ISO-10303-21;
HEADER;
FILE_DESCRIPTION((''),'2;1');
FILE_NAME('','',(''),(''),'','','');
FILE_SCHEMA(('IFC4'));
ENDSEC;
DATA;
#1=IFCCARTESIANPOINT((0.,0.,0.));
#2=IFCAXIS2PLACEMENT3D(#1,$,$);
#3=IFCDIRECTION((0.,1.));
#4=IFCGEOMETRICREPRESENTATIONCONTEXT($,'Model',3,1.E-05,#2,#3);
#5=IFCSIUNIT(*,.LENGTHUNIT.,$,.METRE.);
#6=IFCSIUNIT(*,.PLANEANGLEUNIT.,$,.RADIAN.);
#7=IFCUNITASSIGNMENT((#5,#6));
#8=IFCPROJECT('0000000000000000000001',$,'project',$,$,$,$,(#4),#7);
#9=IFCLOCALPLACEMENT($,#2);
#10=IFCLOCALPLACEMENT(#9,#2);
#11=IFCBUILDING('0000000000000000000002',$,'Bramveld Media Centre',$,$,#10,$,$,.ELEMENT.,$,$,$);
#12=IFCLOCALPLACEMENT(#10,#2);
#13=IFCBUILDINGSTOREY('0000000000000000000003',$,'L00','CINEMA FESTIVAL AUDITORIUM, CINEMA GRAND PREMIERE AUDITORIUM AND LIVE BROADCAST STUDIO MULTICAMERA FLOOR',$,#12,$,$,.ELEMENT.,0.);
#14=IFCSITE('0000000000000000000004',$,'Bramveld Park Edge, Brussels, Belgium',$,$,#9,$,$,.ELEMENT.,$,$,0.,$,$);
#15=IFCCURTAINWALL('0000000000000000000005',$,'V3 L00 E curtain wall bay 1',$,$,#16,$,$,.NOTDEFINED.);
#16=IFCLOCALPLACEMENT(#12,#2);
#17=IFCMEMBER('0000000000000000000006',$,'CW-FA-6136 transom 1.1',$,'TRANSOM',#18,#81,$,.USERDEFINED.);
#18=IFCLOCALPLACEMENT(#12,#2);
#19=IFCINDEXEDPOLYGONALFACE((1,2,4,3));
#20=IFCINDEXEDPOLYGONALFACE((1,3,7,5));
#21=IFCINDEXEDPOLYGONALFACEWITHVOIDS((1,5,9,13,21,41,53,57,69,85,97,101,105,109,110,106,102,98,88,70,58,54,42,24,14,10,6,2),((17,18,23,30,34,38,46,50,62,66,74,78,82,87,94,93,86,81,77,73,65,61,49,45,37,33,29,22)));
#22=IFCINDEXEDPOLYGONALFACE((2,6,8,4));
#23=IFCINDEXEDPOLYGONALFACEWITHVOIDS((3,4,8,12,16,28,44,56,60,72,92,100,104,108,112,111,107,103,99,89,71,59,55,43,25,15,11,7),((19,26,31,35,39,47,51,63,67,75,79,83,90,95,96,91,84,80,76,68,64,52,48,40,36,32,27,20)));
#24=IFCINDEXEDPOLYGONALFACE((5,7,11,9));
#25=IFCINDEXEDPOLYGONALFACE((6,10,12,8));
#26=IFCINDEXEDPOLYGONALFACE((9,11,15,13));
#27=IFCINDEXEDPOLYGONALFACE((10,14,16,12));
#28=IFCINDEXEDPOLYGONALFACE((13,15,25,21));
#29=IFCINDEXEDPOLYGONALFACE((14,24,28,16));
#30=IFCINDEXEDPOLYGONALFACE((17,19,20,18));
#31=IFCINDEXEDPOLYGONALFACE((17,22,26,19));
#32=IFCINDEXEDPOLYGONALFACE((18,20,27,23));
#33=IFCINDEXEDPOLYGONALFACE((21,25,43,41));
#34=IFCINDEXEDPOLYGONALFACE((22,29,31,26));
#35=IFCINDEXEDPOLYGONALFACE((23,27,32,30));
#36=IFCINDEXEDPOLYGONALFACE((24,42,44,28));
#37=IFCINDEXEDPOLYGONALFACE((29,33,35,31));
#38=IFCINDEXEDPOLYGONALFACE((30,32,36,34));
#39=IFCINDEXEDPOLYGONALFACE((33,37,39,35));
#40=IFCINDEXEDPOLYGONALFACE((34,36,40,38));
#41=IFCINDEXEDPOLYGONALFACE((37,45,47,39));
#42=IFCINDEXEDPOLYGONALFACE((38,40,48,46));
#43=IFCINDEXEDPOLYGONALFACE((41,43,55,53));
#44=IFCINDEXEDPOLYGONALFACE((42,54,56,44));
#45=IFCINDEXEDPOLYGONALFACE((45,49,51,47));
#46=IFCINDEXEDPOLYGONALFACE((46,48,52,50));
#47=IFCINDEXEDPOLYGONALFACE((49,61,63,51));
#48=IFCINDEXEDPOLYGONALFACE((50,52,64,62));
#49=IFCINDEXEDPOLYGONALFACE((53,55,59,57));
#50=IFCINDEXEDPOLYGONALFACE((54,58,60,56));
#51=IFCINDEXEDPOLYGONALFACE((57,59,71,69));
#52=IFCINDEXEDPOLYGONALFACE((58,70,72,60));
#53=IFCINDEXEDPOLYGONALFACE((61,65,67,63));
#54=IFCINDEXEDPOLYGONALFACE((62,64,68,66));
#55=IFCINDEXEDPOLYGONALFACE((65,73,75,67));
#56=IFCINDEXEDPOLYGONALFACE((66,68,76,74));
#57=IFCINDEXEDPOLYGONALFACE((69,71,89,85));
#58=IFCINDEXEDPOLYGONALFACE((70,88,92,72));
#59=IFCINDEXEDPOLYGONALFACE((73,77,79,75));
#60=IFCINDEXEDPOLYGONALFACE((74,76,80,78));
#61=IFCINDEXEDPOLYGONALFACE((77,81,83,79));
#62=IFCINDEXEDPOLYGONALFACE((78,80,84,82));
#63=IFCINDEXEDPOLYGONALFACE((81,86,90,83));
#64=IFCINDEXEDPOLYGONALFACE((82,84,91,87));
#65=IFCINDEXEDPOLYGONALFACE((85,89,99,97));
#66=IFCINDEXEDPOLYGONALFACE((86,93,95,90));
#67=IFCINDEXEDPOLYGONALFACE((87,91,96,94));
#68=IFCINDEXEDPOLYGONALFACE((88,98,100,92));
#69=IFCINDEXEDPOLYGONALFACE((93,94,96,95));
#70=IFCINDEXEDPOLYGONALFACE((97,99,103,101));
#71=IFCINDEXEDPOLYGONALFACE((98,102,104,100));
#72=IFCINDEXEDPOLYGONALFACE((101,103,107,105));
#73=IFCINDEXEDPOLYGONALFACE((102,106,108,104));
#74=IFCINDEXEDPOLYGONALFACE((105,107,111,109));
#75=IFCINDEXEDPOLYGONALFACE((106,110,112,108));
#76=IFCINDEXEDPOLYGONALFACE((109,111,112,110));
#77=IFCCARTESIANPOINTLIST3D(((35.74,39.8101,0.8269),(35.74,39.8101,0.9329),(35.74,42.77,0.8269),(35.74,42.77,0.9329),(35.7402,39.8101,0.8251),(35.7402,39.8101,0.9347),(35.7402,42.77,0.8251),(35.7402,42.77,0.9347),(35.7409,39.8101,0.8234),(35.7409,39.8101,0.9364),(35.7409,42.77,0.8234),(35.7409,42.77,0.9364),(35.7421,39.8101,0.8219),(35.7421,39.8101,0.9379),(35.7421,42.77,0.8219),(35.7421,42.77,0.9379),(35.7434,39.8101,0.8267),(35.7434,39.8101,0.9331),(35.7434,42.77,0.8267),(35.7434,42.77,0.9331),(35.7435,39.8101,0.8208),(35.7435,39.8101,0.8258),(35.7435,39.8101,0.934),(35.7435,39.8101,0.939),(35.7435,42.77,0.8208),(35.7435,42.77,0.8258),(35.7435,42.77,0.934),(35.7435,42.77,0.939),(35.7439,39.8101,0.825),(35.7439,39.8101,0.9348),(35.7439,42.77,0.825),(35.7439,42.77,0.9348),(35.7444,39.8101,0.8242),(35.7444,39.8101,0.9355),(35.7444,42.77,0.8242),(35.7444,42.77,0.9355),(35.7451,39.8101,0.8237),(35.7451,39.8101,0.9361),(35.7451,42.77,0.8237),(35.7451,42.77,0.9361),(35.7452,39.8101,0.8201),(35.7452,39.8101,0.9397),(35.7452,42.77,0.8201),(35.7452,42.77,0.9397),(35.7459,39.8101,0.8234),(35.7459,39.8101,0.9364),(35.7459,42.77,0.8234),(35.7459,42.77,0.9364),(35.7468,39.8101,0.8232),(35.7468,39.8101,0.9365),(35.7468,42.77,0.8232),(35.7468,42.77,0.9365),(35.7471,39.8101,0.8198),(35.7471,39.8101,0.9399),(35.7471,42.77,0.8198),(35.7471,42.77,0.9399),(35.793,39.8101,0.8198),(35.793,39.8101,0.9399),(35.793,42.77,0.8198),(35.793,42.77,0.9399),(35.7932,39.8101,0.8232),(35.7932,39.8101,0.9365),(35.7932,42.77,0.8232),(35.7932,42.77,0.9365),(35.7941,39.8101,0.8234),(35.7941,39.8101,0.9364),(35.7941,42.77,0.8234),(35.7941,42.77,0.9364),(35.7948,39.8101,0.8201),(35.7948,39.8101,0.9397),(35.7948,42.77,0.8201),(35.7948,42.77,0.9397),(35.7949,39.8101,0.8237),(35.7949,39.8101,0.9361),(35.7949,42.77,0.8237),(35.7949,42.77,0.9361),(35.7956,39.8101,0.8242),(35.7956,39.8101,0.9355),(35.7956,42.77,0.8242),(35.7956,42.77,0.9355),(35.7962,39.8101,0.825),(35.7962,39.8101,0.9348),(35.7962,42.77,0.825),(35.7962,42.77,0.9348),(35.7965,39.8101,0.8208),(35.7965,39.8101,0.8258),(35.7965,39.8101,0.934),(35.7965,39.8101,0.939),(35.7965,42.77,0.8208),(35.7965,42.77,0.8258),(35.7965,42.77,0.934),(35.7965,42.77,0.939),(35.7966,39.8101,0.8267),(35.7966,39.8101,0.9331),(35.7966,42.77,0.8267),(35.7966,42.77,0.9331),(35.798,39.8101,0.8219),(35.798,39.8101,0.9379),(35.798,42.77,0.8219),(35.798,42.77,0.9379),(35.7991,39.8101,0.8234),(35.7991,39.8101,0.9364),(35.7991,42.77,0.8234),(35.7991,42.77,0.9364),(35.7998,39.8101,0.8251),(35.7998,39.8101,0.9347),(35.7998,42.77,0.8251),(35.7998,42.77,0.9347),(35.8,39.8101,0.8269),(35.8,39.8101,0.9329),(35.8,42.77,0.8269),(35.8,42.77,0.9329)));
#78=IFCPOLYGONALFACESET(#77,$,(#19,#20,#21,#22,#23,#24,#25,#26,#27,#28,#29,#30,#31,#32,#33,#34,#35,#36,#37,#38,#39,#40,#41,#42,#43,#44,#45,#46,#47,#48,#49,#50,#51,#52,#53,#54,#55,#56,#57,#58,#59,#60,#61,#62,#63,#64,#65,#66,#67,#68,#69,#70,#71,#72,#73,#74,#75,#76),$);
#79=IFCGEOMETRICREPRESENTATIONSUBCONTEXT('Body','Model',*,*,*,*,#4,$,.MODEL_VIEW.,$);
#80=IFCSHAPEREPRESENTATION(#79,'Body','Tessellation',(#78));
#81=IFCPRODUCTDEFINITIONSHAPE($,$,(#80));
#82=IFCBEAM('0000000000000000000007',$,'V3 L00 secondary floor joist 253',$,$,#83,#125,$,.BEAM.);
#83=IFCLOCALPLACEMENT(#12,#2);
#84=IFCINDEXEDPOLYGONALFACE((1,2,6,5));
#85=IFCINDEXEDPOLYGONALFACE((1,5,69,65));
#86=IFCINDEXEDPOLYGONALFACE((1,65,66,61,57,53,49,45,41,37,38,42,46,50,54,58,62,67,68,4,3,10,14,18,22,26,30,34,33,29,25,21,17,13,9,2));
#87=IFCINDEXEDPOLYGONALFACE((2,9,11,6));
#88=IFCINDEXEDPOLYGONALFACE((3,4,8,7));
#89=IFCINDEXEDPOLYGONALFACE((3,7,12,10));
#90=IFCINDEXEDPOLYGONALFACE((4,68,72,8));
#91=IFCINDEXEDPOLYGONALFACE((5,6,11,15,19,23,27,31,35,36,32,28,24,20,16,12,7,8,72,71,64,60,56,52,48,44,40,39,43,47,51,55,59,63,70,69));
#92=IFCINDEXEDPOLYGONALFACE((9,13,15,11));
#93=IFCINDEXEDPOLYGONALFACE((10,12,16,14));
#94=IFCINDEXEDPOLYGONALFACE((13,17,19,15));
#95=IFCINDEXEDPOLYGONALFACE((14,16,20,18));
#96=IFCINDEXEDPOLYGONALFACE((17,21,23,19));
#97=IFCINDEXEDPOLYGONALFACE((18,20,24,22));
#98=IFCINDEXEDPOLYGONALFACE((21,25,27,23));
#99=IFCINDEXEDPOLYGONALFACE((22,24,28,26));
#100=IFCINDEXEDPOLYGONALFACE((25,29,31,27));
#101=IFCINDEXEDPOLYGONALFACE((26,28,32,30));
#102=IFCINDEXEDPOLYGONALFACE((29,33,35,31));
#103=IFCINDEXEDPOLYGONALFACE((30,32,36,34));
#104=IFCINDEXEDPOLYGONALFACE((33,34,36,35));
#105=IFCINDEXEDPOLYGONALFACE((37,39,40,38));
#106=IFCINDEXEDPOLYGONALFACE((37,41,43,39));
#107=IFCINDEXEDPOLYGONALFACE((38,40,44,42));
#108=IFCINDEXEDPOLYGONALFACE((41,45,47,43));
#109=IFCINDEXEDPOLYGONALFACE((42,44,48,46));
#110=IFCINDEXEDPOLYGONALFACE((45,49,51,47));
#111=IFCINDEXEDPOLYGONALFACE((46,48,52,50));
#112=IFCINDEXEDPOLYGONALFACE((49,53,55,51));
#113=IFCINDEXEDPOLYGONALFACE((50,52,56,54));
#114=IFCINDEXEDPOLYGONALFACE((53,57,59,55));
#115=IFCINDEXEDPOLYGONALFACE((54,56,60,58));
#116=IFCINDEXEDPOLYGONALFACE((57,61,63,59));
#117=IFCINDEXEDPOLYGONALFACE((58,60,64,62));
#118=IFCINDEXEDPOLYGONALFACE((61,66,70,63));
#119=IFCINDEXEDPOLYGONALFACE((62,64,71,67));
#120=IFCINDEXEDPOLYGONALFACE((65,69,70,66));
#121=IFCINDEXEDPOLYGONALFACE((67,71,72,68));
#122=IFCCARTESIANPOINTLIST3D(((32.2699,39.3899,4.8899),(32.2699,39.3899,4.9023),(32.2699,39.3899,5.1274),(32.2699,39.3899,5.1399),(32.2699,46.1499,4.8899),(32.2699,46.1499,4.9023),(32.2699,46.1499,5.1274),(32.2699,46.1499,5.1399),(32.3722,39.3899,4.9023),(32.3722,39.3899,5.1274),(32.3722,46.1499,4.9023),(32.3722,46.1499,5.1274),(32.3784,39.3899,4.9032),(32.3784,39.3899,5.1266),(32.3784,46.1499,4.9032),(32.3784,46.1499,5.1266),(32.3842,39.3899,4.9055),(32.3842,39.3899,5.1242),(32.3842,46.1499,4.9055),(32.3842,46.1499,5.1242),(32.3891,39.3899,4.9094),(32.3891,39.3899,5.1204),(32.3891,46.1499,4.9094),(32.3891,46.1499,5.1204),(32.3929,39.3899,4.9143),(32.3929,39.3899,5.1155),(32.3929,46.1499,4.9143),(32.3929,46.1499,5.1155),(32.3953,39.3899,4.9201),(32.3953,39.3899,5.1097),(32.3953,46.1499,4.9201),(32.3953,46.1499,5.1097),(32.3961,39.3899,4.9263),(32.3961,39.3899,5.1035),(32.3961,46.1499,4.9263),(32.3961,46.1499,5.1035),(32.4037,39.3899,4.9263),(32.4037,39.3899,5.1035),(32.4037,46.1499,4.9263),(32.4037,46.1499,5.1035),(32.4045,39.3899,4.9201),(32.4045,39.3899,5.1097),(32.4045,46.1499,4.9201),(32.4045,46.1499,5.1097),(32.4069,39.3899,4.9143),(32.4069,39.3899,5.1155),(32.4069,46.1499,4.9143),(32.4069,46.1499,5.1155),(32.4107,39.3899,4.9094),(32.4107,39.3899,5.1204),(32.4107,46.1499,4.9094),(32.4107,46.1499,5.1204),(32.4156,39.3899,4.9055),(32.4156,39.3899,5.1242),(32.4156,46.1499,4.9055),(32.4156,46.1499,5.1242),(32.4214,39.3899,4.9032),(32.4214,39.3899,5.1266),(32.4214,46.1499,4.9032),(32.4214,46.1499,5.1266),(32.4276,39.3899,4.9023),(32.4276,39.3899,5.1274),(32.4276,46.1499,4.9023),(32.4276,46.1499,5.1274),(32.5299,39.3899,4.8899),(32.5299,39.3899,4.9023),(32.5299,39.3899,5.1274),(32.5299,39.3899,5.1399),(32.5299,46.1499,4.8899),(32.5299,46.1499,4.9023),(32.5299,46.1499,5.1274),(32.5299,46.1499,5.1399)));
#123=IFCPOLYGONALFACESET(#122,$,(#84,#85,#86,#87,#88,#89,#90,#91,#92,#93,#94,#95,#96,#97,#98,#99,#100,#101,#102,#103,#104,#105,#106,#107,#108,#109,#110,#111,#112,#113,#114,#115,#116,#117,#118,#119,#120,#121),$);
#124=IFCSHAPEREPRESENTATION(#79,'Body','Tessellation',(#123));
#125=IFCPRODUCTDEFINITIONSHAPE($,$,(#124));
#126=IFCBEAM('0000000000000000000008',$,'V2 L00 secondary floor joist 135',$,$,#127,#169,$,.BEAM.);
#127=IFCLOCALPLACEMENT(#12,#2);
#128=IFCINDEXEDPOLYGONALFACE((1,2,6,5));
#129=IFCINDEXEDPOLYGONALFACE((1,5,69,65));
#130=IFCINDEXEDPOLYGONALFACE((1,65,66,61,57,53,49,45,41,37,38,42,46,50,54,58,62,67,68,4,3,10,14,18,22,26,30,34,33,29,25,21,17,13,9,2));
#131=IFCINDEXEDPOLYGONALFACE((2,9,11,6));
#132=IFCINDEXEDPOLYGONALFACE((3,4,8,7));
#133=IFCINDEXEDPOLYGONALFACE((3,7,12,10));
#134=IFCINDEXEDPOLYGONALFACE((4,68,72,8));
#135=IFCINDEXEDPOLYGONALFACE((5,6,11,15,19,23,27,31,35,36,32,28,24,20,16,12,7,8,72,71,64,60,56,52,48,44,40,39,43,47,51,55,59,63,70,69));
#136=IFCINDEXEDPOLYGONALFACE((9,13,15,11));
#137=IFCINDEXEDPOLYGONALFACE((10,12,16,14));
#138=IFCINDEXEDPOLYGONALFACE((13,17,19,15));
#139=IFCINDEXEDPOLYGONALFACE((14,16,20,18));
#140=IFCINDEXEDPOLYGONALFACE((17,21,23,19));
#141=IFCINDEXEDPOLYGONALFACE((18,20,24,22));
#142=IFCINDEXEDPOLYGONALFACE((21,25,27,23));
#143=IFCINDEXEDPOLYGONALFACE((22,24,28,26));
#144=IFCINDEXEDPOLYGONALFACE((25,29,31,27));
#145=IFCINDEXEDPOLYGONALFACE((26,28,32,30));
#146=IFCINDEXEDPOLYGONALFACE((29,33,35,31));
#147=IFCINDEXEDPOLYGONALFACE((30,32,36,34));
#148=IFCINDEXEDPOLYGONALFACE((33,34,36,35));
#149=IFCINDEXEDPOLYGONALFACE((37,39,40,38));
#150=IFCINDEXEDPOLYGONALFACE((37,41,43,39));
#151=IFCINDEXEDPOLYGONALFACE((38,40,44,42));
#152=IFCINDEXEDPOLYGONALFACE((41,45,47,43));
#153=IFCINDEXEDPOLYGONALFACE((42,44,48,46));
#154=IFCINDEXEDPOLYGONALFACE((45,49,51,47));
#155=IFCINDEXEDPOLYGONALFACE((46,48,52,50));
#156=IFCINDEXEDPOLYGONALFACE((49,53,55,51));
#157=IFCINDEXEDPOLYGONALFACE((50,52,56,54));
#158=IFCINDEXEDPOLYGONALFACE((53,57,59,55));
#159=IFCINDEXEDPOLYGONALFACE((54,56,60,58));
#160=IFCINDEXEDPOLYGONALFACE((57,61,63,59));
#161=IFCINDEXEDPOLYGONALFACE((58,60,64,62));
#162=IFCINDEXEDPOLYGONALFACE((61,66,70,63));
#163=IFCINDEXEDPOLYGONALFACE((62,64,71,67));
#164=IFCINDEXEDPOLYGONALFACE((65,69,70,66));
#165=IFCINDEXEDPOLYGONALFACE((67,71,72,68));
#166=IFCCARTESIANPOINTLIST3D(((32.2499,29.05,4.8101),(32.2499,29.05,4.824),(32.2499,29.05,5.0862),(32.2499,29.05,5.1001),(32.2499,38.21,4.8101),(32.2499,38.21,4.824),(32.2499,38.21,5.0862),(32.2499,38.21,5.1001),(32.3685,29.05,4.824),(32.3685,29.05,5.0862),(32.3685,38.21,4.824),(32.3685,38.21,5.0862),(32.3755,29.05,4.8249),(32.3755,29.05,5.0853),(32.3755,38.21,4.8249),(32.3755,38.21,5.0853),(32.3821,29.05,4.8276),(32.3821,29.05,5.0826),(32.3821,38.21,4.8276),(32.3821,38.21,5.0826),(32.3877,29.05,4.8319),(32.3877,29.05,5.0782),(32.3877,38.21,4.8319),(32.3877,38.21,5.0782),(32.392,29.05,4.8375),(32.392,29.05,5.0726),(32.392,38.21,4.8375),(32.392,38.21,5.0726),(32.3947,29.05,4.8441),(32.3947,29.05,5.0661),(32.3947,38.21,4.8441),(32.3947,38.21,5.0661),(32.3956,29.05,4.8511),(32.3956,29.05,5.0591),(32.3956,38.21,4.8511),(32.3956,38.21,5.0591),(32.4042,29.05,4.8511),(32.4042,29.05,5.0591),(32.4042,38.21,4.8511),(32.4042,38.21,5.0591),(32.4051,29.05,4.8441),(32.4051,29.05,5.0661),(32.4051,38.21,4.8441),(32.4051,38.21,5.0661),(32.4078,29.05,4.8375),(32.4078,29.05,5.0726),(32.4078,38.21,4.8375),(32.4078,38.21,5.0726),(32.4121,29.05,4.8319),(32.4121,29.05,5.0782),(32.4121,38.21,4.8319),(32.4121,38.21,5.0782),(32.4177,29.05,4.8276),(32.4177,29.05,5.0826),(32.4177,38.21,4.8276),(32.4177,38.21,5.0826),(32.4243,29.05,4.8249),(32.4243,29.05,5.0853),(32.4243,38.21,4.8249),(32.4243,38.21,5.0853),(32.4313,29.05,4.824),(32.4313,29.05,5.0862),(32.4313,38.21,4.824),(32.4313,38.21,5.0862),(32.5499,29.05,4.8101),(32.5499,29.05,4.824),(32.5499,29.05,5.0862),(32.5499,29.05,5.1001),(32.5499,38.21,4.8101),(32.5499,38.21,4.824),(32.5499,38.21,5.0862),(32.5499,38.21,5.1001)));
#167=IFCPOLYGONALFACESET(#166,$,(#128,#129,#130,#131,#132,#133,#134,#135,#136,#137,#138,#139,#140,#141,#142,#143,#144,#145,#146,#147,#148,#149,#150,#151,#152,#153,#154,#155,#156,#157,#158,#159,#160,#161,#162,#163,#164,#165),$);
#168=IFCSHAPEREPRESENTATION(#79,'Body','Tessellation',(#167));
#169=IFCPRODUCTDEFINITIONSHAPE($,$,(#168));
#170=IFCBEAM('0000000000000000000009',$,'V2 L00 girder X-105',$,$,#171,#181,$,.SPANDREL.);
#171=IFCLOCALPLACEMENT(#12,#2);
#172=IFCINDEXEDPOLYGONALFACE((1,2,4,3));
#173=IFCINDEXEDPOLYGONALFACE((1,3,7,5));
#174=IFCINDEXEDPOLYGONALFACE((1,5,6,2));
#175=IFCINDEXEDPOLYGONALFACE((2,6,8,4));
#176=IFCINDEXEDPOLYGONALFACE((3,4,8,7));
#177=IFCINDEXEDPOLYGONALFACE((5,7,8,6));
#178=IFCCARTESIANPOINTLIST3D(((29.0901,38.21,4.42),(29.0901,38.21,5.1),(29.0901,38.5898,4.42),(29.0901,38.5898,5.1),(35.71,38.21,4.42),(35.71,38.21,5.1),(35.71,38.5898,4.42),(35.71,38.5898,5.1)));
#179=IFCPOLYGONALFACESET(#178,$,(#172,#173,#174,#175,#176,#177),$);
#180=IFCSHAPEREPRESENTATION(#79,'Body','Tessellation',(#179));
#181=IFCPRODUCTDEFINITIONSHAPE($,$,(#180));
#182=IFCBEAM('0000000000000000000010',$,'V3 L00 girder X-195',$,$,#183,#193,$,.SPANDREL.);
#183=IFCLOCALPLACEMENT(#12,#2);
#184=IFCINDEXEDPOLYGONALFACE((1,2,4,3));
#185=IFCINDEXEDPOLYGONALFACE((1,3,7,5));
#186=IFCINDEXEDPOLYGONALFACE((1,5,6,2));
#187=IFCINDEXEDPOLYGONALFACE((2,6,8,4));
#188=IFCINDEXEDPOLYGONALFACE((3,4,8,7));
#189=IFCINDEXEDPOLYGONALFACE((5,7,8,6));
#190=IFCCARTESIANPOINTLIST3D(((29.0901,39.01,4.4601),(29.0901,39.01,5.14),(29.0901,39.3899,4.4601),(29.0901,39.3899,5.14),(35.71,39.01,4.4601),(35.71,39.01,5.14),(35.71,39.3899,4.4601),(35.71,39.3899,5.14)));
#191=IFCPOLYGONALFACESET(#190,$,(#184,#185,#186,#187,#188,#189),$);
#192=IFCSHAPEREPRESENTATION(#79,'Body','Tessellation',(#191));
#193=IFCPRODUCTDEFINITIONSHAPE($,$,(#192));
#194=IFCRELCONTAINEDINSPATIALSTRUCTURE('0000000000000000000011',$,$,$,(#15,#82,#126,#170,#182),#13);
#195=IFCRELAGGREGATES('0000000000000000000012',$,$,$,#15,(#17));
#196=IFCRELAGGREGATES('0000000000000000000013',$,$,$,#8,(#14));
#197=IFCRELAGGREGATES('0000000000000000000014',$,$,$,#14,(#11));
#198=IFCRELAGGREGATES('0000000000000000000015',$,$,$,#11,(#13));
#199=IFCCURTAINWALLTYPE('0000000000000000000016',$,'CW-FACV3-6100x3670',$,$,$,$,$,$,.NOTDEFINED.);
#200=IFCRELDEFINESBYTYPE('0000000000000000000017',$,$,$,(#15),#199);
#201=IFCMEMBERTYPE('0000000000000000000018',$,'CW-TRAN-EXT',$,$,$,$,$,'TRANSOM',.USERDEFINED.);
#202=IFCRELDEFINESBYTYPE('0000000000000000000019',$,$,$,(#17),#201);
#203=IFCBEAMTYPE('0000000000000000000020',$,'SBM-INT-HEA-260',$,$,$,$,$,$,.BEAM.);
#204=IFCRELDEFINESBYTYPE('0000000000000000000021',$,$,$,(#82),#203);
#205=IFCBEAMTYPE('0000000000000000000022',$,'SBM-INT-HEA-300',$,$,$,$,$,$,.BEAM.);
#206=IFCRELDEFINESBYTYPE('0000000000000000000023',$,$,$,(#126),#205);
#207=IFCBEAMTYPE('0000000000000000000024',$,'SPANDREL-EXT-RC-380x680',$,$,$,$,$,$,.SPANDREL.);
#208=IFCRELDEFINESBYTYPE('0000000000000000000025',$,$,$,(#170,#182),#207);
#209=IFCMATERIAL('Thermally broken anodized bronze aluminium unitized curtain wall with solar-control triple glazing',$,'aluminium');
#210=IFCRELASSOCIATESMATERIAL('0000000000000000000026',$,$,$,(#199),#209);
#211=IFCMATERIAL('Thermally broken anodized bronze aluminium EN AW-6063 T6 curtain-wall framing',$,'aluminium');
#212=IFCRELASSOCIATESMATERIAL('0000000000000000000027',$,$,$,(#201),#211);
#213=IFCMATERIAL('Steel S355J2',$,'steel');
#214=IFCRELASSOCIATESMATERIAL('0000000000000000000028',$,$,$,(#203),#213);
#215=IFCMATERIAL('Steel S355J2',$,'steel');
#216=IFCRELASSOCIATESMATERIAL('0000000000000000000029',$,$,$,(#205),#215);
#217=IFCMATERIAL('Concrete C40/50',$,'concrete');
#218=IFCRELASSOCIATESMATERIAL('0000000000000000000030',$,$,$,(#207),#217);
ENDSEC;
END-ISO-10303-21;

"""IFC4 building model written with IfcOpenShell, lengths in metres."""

from ifc_helpers import new_model, si_unit, direction, frame, origin, origin_2d, place, context, subcontext, project, spatial, rectangle, hollow_rectangle, i_section, extrude, material, material_profile, profile_set, type_object, element, aggregate, save


model = new_model("IFC4")

# Units and contexts
model_context = context("Model", 3, precision=1e-05, world=origin(), true_north=direction((0.0, 1.0)))
body_context = subcontext(model_context, "Body", "Model", "MODEL_VIEW")
ifc_project = project(units=[si_unit("LENGTHUNIT", "METRE"), si_unit("PLANEANGLEUNIT", "RADIAN")], contexts=[model_context])

# Site, building, storey
site_placement = place(None, origin())
site = spatial("IfcSite", under=ifc_project, at=site_placement, Name="Bramveld Park Edge, Brussels, Belgium", CompositionType="ELEMENT", RefElevation=0.0)
building_placement = place(site_placement, origin())
building = spatial("IfcBuilding", under=site, at=building_placement, Name="Bramveld Media Centre", CompositionType="ELEMENT")
storey_placement = place(building_placement, origin())
storey = spatial("IfcBuildingStorey", under=building, at=storey_placement, Name="L00", Description="CINEMA FESTIVAL AUDITORIUM, CINEMA GRAND PREMIERE AUDITORIUM AND LIVE BROADCAST STUDIO MULTICAMERA FLOOR", CompositionType="ELEMENT", Elevation=0.0)

# Curtain wall, member
ifc_material_1 = material(Name="Thermally broken anodized bronze aluminium unitized curtain wall with solar-control triple glazing", Category="aluminium")
curtain_wall_type = type_object("IfcCurtainWallType", Name="CW-FACV3-6100x3670", PredefinedType="NOTDEFINED", material=ifc_material_1)
curtain_wall_placement = place(storey_placement, origin())
curtain_wall = element("IfcCurtainWall", 1, at=curtain_wall_placement, inside=storey, type_object=curtain_wall_type, Name="V3 L00 E curtain wall bay 1", PredefinedType="NOTDEFINED")
ifc_material_2 = material(Name="Thermally broken anodized bronze aluminium EN AW-6063 T6 curtain-wall framing", Category="aluminium")
ifc_material_profile_1 = material_profile(ifc_material_2, hollow_rectangle(XDim=0.0601, YDim=0.1201, WallThickness=0.0034, InnerFilletRadius=0.0034, OuterFilletRadius=0.0071, at=origin_2d()), Name="AL-TRAN 60x120")
ifc_profile_set_1 = profile_set([ifc_material_profile_1], Name="Thermally broken anodized bronze aluminium EN AW-6063 T6 curtain-wall framing")
member_type_1 = type_object("IfcMemberType", Name="CW-TRAN-EXT", ElementType="TRANSOM", PredefinedType="USERDEFINED", material=ifc_profile_set_1)
member_1_placement = place(storey_placement, frame((35.77, 39.8101, 0.8799), z_axis=(0.0, 1.0, 0.0), x_axis=(-1.0, 0.0, 0.0)))
member_1 = element("IfcMember", 2, at=member_1_placement, type_object=member_type_1, Name="CW-FA-6136 transom 1.1", ObjectType="TRANSOM", PredefinedType="USERDEFINED", context=body_context, shape_type="SweptSolid", body=[
    extrude(hollow_rectangle(XDim=0.0601, YDim=0.1201, WallThickness=0.0034, InnerFilletRadius=0.0034, OuterFilletRadius=0.0071, at=origin_2d()), origin(), (0.0, 0.0, 1.0), 2.96),
])
aggregate(curtain_wall, [member_1])

# Beams
ifc_material_3 = material(Name="Steel S355J2", Category="steel")
ifc_material_profile_2 = material_profile(ifc_material_3, i_section(OverallWidth=0.26, OverallDepth=0.25, WebThickness=0.0076, FlangeThickness=0.0125, FilletRadius=0.0239, at=origin_2d()), Name="HEA 260")
ifc_profile_set_2 = profile_set([ifc_material_profile_2], Name="Steel S355J2")
beam_type_1 = type_object("IfcBeamType", Name="SBM-INT-HEA-260", PredefinedType="BEAM", material=ifc_profile_set_2)
beam_1_placement = place(storey_placement, frame((32.3999, 39.3899, 5.0149), z_axis=(0.0, 1.0, 0.0), x_axis=(-1.0, 0.0, 0.0)))
element("IfcBeam", 3, at=beam_1_placement, inside=storey, type_object=beam_type_1, Name="V3 L00 secondary floor joist 253", PredefinedType="BEAM", context=body_context, shape_type="SweptSolid", body=[
    extrude(i_section(OverallWidth=0.26, OverallDepth=0.25, WebThickness=0.0076, FlangeThickness=0.0125, FilletRadius=0.0239, at=origin_2d()), origin(), (0.0, 0.0, 1.0), 6.76),
])
ifc_material_4 = material(Name="Steel S355J2", Category="steel")
ifc_material_profile_3 = material_profile(ifc_material_4, i_section(OverallWidth=0.3, OverallDepth=0.29, WebThickness=0.0085, FlangeThickness=0.0139, FilletRadius=0.0271, at=origin_2d()), Name="HEA 300")
ifc_profile_set_3 = profile_set([ifc_material_profile_3], Name="Steel S355J2")
beam_type_2 = type_object("IfcBeamType", Name="SBM-INT-HEA-300", PredefinedType="BEAM", material=ifc_profile_set_3)
beam_2_placement = place(storey_placement, frame((32.3999, 29.05, 4.9551), z_axis=(0.0, 1.0, 0.0), x_axis=(-1.0, 0.0, 0.0)))
element("IfcBeam", 4, at=beam_2_placement, inside=storey, type_object=beam_type_2, Name="V2 L00 secondary floor joist 135", PredefinedType="BEAM", context=body_context, shape_type="SweptSolid", body=[
    extrude(i_section(OverallWidth=0.3, OverallDepth=0.29, WebThickness=0.0085, FlangeThickness=0.0139, FilletRadius=0.0271, at=origin_2d()), origin(), (0.0, 0.0, 1.0), 9.1599),
])
ifc_material_5 = material(Name="Concrete C40/50", Category="concrete")
ifc_material_profile_4 = material_profile(ifc_material_5, rectangle(XDim=0.3799, YDim=0.6799, at=origin_2d()), Name="RC 380x680")
ifc_profile_set_4 = profile_set([ifc_material_profile_4], Name="Concrete C40/50")
beam_type_3 = type_object("IfcBeamType", Name="SPANDREL-EXT-RC-380x680", PredefinedType="SPANDREL", material=ifc_profile_set_4)
for number, where, z_axis, x_axis, name in (
    (5, (29.0901, 38.3999, 4.76), (1.0, 0.0, 0.0), (0.0, 1.0, 0.0), "V2 L00 girder X-105"),
    (6, (29.0901, 39.2, 4.8), (1.0, 0.0, 0.0), (0.0, 1.0, 0.0), "V3 L00 girder X-195"),
):
    element("IfcBeam", number, at=place(storey_placement, frame(where, z_axis=z_axis, x_axis=x_axis)), inside=storey, type_object=beam_type_3, Name=name, PredefinedType="SPANDREL", context=body_context, shape_type="SweptSolid", body=[
        extrude(rectangle(XDim=0.3799, YDim=0.6799, at=origin_2d()), origin(), (0.0, 0.0, 1.0), 6.6199),
    ])

save(model, "model.ifc")
